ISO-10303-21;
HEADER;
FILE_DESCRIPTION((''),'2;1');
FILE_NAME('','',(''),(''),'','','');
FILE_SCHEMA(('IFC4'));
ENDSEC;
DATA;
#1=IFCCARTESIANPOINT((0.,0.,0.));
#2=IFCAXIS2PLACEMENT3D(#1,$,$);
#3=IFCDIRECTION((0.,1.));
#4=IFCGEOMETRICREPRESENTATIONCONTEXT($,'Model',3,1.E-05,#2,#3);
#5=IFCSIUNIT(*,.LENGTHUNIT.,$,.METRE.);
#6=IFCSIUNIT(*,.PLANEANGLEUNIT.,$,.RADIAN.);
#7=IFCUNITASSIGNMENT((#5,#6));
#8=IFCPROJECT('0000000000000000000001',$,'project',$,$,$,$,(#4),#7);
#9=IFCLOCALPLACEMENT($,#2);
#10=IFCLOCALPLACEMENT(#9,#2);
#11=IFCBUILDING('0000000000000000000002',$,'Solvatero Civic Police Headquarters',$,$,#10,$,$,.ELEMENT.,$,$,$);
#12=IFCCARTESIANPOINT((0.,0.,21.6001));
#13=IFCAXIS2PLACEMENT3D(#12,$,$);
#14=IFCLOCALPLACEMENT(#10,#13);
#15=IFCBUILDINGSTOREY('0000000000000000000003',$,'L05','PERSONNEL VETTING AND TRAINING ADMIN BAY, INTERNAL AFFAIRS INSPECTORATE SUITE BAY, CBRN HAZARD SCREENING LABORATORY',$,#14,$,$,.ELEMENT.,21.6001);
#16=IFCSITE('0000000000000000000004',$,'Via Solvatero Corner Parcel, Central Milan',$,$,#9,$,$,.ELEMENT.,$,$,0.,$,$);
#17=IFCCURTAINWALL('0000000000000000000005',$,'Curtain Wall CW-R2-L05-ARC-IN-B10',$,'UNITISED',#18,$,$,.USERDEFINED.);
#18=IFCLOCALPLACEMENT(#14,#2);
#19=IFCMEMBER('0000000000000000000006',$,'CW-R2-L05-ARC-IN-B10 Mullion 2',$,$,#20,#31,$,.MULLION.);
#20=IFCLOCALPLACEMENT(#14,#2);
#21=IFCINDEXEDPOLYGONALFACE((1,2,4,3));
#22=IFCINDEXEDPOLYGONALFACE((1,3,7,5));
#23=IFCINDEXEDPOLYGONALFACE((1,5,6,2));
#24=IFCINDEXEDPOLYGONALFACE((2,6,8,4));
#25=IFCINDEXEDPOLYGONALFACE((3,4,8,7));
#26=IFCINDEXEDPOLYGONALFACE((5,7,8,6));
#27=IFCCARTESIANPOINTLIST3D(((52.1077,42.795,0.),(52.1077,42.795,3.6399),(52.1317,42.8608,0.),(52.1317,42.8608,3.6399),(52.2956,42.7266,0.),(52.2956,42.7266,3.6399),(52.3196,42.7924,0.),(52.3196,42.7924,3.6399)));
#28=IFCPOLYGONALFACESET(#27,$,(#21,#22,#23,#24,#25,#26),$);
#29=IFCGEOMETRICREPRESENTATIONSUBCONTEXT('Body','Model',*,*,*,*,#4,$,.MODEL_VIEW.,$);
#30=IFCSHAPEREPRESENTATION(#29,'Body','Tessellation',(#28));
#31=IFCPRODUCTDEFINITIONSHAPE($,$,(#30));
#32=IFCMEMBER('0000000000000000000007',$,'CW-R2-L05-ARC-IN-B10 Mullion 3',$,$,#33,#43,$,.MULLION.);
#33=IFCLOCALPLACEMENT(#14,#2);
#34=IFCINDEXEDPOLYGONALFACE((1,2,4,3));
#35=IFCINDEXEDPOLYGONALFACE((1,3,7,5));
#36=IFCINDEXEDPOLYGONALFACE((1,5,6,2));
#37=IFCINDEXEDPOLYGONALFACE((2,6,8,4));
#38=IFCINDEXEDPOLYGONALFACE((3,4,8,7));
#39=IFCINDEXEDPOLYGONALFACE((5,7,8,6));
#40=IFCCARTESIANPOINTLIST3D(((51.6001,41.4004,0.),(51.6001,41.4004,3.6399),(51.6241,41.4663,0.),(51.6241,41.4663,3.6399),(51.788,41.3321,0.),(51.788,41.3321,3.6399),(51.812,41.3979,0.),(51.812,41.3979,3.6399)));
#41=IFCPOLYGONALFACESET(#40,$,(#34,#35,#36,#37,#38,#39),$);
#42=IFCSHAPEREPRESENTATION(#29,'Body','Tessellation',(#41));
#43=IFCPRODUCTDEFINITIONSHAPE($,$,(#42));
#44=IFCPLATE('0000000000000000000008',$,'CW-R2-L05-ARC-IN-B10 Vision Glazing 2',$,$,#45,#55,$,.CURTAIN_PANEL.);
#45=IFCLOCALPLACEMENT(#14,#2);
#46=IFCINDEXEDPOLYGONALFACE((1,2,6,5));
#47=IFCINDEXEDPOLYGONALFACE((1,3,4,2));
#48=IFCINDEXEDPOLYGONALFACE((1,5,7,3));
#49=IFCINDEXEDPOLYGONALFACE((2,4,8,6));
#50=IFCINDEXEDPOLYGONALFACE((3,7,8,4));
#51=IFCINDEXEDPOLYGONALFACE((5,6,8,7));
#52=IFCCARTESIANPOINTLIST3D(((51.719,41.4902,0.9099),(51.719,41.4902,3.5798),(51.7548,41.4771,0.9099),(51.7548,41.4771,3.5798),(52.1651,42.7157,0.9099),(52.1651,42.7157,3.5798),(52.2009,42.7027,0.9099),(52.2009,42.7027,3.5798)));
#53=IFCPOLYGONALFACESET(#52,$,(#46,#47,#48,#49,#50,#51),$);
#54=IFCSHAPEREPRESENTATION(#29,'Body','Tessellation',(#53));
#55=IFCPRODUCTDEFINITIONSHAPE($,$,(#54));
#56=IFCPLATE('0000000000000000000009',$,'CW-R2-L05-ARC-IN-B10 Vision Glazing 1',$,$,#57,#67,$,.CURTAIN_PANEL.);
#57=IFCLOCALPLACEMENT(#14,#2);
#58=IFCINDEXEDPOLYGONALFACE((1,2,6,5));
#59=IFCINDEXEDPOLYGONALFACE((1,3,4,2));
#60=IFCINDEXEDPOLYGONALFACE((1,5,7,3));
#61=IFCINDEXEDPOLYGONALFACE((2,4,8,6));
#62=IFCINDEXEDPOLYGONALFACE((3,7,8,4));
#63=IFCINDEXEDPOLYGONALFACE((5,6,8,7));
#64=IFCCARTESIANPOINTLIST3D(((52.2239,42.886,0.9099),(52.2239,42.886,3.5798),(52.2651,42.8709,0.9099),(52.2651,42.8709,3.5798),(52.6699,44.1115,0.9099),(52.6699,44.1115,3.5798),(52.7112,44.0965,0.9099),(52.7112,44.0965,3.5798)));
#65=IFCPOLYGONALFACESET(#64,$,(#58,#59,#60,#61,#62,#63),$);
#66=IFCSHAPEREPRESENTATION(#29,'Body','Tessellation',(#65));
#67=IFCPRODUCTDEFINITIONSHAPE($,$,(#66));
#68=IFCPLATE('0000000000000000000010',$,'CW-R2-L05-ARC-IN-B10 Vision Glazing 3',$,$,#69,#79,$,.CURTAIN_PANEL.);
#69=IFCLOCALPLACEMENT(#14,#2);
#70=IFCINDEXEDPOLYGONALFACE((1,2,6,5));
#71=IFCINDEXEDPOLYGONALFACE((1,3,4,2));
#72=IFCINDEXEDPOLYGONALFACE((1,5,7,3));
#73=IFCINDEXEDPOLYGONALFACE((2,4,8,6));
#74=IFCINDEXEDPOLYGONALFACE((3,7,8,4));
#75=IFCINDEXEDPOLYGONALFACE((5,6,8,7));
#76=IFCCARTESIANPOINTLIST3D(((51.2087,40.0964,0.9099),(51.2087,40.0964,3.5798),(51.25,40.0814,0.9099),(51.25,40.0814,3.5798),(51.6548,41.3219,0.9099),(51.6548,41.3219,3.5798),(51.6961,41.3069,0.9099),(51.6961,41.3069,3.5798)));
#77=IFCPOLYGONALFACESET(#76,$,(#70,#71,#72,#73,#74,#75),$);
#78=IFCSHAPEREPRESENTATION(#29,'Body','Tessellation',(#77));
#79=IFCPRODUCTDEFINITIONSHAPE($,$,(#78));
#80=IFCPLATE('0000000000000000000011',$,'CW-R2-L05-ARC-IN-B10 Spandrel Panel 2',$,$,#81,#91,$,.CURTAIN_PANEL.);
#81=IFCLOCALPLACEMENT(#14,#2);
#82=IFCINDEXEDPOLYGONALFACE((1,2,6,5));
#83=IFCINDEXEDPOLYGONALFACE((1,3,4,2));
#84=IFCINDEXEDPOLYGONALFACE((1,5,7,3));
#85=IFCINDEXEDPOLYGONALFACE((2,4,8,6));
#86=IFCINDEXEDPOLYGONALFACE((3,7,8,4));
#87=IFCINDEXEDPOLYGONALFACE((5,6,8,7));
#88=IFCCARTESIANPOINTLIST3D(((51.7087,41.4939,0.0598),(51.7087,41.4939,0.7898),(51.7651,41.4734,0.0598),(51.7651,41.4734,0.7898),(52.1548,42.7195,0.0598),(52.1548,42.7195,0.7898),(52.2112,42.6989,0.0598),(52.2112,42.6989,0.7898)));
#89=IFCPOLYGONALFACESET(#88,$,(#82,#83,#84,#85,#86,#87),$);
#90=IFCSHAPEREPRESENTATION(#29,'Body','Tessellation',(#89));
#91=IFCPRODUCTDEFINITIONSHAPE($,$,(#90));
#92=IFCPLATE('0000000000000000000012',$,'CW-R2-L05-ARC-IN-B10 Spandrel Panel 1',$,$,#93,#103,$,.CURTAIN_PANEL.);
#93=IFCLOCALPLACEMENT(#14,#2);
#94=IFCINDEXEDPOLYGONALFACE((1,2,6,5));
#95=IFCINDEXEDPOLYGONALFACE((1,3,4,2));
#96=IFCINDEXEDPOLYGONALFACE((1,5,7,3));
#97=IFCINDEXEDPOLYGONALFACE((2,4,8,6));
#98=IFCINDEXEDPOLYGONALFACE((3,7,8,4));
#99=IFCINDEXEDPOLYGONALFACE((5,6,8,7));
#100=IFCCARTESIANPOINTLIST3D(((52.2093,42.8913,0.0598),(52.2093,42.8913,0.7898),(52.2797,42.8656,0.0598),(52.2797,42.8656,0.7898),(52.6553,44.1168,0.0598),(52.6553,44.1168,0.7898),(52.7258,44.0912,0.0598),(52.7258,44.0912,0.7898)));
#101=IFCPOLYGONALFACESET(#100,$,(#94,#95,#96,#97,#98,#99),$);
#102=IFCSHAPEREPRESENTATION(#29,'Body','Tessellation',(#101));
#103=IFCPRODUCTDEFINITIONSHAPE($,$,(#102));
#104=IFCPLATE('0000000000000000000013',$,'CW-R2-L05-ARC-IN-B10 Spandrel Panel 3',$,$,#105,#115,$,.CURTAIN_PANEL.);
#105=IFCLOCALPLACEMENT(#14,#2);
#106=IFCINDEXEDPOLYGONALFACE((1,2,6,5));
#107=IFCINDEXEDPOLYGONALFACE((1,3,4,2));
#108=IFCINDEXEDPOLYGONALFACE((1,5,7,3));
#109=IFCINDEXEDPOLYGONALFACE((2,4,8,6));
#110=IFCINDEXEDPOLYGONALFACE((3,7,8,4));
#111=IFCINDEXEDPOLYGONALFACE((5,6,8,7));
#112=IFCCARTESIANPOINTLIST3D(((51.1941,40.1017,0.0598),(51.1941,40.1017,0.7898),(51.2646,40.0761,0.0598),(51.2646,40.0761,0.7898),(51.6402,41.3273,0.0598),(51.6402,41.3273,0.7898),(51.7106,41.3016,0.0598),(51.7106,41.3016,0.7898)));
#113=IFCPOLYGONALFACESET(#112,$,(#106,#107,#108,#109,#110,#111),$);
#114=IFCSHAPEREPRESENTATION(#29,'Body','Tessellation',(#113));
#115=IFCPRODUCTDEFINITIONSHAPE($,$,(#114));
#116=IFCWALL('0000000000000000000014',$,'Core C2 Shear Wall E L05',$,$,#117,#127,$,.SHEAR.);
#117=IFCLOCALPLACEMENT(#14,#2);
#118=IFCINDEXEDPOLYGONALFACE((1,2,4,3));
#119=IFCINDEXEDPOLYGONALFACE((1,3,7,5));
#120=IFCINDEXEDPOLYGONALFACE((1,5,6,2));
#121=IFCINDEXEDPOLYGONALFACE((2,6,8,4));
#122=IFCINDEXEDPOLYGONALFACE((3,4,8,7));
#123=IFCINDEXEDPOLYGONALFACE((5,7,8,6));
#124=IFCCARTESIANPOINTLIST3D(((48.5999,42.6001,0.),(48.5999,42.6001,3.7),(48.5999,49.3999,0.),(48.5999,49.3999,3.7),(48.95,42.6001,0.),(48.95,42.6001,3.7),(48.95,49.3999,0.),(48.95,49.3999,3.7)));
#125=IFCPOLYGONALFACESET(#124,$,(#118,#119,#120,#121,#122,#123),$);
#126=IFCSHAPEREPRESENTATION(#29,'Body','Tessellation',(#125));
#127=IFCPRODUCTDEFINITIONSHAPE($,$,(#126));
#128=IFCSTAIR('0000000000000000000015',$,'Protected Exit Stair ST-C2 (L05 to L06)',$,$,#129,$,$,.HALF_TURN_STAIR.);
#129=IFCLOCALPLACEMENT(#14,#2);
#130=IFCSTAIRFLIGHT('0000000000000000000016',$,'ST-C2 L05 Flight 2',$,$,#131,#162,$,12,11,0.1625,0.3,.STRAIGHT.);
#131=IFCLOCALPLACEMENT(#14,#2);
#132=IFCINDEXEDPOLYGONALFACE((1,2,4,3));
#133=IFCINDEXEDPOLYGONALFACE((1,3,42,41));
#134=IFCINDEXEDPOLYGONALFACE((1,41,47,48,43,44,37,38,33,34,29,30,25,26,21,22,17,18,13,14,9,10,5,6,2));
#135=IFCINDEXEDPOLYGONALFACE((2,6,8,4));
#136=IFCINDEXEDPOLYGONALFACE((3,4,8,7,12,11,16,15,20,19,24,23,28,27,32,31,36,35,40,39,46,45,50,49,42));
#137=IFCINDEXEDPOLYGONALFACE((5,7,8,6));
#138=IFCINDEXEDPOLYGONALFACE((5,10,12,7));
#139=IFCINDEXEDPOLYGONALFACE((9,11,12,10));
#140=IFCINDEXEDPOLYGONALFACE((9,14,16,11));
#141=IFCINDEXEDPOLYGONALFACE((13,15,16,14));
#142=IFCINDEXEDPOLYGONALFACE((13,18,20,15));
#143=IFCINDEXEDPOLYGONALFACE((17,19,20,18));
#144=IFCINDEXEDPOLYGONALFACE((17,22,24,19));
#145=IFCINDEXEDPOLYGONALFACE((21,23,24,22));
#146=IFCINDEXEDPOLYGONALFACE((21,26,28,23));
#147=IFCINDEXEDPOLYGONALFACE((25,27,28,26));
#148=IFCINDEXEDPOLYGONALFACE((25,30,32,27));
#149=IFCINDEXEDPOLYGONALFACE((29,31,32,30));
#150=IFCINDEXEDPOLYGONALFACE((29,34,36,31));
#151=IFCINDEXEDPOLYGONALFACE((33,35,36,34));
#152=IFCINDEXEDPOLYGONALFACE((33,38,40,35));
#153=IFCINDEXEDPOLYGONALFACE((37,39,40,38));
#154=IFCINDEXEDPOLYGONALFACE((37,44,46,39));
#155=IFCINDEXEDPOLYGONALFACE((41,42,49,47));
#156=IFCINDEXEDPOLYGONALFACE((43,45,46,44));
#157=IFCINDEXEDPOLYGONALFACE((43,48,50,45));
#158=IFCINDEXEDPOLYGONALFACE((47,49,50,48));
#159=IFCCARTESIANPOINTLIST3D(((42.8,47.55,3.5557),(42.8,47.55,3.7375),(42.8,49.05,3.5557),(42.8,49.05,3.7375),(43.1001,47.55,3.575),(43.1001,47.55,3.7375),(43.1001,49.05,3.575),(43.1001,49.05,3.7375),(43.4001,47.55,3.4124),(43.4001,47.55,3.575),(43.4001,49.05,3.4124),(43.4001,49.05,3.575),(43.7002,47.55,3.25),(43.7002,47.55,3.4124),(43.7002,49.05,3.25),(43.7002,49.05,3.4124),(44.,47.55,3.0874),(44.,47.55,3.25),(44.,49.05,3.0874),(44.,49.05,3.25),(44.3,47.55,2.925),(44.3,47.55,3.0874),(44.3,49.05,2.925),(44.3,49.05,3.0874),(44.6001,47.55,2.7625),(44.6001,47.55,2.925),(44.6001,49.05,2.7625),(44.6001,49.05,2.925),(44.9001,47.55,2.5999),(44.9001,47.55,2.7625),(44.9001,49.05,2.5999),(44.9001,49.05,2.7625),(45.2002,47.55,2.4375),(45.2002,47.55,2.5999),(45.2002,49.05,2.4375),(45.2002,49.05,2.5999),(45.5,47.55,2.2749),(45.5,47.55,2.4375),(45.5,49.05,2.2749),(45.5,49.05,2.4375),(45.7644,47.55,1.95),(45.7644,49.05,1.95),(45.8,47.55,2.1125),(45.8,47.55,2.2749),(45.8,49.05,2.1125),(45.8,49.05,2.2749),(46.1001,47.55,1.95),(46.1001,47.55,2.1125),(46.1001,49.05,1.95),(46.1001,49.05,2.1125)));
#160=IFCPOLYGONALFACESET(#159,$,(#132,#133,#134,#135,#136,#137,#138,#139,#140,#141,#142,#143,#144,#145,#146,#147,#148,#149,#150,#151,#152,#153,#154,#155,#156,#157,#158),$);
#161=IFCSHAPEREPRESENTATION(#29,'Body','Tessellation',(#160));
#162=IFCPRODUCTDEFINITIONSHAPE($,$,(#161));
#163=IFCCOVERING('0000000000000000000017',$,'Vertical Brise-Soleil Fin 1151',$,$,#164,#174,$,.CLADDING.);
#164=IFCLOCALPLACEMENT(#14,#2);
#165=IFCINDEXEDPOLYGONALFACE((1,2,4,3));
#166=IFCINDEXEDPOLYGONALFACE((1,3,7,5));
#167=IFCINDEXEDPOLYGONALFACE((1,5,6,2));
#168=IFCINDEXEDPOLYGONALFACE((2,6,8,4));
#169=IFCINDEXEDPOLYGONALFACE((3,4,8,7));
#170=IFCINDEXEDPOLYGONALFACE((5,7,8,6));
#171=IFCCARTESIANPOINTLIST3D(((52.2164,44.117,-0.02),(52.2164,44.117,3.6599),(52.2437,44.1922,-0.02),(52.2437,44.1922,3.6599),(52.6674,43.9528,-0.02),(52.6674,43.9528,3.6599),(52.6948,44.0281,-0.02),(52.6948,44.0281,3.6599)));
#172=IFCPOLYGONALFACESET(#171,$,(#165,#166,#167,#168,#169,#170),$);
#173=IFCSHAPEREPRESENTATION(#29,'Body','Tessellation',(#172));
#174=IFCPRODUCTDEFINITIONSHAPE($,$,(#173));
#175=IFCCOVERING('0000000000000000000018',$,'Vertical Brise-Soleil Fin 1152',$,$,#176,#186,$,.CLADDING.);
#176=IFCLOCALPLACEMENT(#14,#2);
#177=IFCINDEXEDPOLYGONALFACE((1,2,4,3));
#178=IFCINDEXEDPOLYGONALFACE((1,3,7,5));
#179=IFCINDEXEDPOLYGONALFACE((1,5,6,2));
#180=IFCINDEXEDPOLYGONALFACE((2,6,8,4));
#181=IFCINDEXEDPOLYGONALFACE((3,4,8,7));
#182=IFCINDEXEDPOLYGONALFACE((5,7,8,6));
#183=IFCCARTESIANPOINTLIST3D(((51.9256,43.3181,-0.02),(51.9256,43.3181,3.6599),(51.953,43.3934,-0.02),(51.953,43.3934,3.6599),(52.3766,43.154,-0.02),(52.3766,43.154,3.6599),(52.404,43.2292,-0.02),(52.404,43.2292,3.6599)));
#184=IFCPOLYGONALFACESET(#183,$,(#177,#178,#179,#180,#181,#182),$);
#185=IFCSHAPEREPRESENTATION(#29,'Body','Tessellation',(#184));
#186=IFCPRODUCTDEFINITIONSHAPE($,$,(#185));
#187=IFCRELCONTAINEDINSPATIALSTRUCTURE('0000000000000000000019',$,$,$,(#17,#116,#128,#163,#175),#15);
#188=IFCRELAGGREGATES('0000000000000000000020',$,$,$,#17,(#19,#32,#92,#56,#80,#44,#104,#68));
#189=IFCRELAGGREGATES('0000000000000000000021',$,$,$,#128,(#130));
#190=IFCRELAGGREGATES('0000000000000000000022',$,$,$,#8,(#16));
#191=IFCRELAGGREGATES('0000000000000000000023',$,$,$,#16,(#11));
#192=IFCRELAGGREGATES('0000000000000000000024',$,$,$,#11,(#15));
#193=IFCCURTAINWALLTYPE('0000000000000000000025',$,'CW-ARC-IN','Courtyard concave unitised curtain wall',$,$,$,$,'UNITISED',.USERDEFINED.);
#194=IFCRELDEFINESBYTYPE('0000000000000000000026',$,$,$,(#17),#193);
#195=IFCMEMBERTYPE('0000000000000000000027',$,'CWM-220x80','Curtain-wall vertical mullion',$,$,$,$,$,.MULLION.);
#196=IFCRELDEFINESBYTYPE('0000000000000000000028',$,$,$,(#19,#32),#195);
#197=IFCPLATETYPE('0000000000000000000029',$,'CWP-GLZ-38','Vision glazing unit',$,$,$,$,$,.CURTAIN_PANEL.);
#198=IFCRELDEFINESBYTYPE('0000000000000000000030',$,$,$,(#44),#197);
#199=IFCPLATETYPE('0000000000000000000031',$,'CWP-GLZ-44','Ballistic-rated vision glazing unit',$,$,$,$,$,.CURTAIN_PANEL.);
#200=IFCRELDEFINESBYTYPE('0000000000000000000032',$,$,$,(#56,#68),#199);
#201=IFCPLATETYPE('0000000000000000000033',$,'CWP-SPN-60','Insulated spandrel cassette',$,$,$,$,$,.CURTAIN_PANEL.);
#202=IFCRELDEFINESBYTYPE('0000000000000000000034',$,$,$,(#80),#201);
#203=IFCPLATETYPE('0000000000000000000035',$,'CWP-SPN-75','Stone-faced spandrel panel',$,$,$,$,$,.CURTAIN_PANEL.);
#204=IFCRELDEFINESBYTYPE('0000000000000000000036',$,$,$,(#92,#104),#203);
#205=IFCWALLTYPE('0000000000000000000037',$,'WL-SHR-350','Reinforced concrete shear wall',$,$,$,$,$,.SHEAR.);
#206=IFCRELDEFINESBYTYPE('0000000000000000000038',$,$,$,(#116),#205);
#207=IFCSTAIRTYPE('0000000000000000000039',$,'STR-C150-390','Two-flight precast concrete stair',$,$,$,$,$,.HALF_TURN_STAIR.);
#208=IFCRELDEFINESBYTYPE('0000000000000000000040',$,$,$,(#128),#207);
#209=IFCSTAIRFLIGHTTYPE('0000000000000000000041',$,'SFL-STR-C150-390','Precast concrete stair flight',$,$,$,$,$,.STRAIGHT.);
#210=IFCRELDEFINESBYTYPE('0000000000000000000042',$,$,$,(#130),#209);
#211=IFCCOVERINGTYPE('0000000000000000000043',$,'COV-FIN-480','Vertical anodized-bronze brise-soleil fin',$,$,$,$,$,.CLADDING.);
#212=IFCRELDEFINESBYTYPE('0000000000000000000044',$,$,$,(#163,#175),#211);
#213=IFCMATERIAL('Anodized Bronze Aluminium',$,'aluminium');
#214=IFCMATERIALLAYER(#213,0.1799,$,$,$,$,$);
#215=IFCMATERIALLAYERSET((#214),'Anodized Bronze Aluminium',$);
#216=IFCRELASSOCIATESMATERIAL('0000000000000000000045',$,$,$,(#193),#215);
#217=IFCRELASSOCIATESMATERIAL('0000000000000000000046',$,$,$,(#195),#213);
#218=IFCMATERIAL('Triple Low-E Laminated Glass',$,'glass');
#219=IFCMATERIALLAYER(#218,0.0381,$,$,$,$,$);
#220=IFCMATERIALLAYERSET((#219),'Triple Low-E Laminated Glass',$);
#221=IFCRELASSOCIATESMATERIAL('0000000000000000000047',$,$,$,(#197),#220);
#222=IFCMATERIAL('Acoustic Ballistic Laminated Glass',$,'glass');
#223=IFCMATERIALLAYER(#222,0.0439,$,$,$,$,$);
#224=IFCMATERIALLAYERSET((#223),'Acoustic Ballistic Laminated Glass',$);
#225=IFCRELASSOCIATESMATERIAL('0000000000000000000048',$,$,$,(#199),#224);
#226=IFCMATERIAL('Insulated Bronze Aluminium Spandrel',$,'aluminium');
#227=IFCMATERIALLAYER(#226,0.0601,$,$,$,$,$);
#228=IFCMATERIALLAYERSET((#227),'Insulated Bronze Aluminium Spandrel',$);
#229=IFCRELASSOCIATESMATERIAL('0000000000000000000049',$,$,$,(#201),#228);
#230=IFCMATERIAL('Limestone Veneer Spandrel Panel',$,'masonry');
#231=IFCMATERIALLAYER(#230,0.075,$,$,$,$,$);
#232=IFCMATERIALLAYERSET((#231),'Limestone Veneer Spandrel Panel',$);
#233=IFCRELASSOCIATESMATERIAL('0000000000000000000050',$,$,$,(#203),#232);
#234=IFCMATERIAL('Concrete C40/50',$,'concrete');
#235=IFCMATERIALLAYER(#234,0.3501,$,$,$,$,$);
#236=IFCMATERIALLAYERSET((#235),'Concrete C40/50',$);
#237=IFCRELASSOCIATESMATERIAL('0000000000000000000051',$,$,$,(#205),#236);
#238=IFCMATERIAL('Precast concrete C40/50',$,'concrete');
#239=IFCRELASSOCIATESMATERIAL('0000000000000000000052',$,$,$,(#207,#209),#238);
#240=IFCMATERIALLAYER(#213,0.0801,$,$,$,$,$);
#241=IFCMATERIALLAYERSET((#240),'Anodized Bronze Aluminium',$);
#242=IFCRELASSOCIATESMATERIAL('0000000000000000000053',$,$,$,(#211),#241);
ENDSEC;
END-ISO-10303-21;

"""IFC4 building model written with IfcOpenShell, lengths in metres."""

from ifc_helpers import new_model, si_unit, direction, frame, frame_2d, origin, origin_2d, place, context, subcontext, project, spatial, polyline, rectangle, outline, extrude, material, layer, layer_set, material_profile, profile_set, type_object, element, aggregate, save


model = new_model("IFC4")

# Units and contexts
model_context = context("Model", 3, precision=1e-05, world=origin(), true_north=direction((0.0, 1.0)))
body_context = subcontext(model_context, "Body", "Model", "MODEL_VIEW")
ifc_project = project(units=[si_unit("LENGTHUNIT", "METRE"), si_unit("PLANEANGLEUNIT", "RADIAN")], contexts=[model_context])

# Site, building, storey
site_placement = place(None, origin())
site = spatial("IfcSite", under=ifc_project, at=site_placement, Name="Via Solvatero Corner Parcel, Central Milan", CompositionType="ELEMENT", RefElevation=0.0)
building_placement = place(site_placement, origin())
building = spatial("IfcBuilding", under=site, at=building_placement, Name="Solvatero Civic Police Headquarters", CompositionType="ELEMENT")
storey_placement = place(building_placement, frame((0.0, 0.0, 21.6001)))
storey = spatial("IfcBuildingStorey", under=building, at=storey_placement, Name="L05", Description="PERSONNEL VETTING AND TRAINING ADMIN BAY, INTERNAL AFFAIRS INSPECTORATE SUITE BAY, CBRN HAZARD SCREENING LABORATORY", CompositionType="ELEMENT", Elevation=21.6001)

# Curtain wall, members, plates
ifc_material_1 = material(Name="Anodized Bronze Aluminium", Category="aluminium")
ifc_layer_1 = layer(ifc_material_1, 0.1799)
ifc_layer_set_1 = layer_set([ifc_layer_1], Name="Anodized Bronze Aluminium")
curtain_wall_type = type_object("IfcCurtainWallType", Name="CW-ARC-IN", Description="Courtyard concave unitised curtain wall", ElementType="UNITISED", PredefinedType="USERDEFINED", material=ifc_layer_set_1)
curtain_wall_placement = place(storey_placement, origin())
curtain_wall = element("IfcCurtainWall", 1, at=curtain_wall_placement, inside=storey, type_object=curtain_wall_type, Name="Curtain Wall CW-R2-L05-ARC-IN-B10", ObjectType="UNITISED", PredefinedType="USERDEFINED")
ifc_material_profile = material_profile(ifc_material_1, rectangle(XDim=0.0701, YDim=0.2, at=origin_2d()), Name="ALU MULLION 70x200")
ifc_profile_set = profile_set([ifc_material_profile], Name="Anodized Bronze Aluminium")
member_type = type_object("IfcMemberType", Name="CWM-220x80", Description="Curtain-wall vertical mullion", PredefinedType="MULLION", material=ifc_profile_set)
member_1_placement = place(storey_placement, frame((52.2136, 42.7937, 0.0), z_axis=(0.0, 0.0, 1.0), x_axis=(-0.34202, -0.939693, 0.0)))
member_1 = element("IfcMember", 2, at=member_1_placement, type_object=member_type, Name="CW-R2-L05-ARC-IN-B10 Mullion 2", PredefinedType="MULLION", context=body_context, shape_type="SweptSolid", body=[
    extrude(rectangle(XDim=0.0701, YDim=0.2, at=origin_2d()), origin(), (0.0, 0.0, 1.0), 3.6399),
])
member_2_placement = place(storey_placement, frame((51.7061, 41.3992, 0.0), z_axis=(0.0, 0.0, 1.0), x_axis=(-0.34202, -0.939693, 0.0)))
member_2 = element("IfcMember", 3, at=member_2_placement, type_object=member_type, Name="CW-R2-L05-ARC-IN-B10 Mullion 3", PredefinedType="MULLION", context=body_context, shape_type="SweptSolid", body=[
    extrude(rectangle(XDim=0.0701, YDim=0.2, at=origin_2d()), origin(), (0.0, 0.0, 1.0), 3.6399),
])
ifc_material_2 = material(Name="Triple Low-E Laminated Glass", Category="glass")
ifc_layer_2 = layer(ifc_material_2, 0.0381)
ifc_layer_set_2 = layer_set([ifc_layer_2], Name="Triple Low-E Laminated Glass")
plate_type_1 = type_object("IfcPlateType", Name="CWP-GLZ-38", Description="Vision glazing unit", PredefinedType="CURTAIN_PANEL", material=ifc_layer_set_2)
plate_1_placement = place(storey_placement, frame((51.96, 42.0964, 0.9099), z_axis=(0.0, 0.0, 1.0), x_axis=(-0.34202, -0.939693, 0.0)))
plate_1 = element("IfcPlate", 4, at=plate_1_placement, type_object=plate_type_1, Name="CW-R2-L05-ARC-IN-B10 Vision Glazing 2", PredefinedType="CURTAIN_PANEL", context=body_context, shape_type="SweptSolid", body=[
    extrude(rectangle(XDim=1.3042, YDim=0.0381, at=origin_2d()), origin(), (0.0, 0.0, 1.0), 2.6699),
])
ifc_material_3 = material(Name="Acoustic Ballistic Laminated Glass", Category="glass")
ifc_layer_3 = layer(ifc_material_3, 0.0439)
ifc_layer_set_3 = layer_set([ifc_layer_3], Name="Acoustic Ballistic Laminated Glass")
plate_type_2 = type_object("IfcPlateType", Name="CWP-GLZ-44", Description="Ballistic-rated vision glazing unit", PredefinedType="CURTAIN_PANEL", material=ifc_layer_set_3)
plate_2_placement = place(storey_placement, frame((52.4675, 43.4912, 0.9099), z_axis=(0.0, 0.0, 1.0), x_axis=(-0.34202, -0.939693, 0.0)))
plate_2 = element("IfcPlate", 5, at=plate_2_placement, type_object=plate_type_2, Name="CW-R2-L05-ARC-IN-B10 Vision Glazing 1", PredefinedType="CURTAIN_PANEL", context=body_context, shape_type="SweptSolid", body=[
    extrude(rectangle(XDim=1.3042, YDim=0.0439, at=origin_2d()), origin(), (0.0, 0.0, 1.0), 2.6699),
])
plate_3_placement = place(storey_placement, frame((51.4524, 40.7017, 0.9099), z_axis=(0.0, 0.0, 1.0), x_axis=(-0.34202, -0.939693, 0.0)))
plate_3 = element("IfcPlate", 6, at=plate_3_placement, type_object=plate_type_2, Name="CW-R2-L05-ARC-IN-B10 Vision Glazing 3", PredefinedType="CURTAIN_PANEL", context=body_context, shape_type="SweptSolid", body=[
    extrude(rectangle(XDim=1.3042, YDim=0.0439, at=origin_2d()), origin(), (0.0, 0.0, 1.0), 2.6699),
])
ifc_material_4 = material(Name="Insulated Bronze Aluminium Spandrel", Category="aluminium")
ifc_layer_4 = layer(ifc_material_4, 0.0601)
ifc_layer_set_4 = layer_set([ifc_layer_4], Name="Insulated Bronze Aluminium Spandrel")
plate_type_3 = type_object("IfcPlateType", Name="CWP-SPN-60", Description="Insulated spandrel cassette", PredefinedType="CURTAIN_PANEL", material=ifc_layer_set_4)
plate_4_placement = place(storey_placement, frame((51.96, 42.0964, 0.0598), z_axis=(0.0, 0.0, 1.0), x_axis=(-0.34202, -0.939693, 0.0)))
plate_4 = element("IfcPlate", 7, at=plate_4_placement, type_object=plate_type_3, Name="CW-R2-L05-ARC-IN-B10 Spandrel Panel 2", PredefinedType="CURTAIN_PANEL", context=body_context, shape_type="SweptSolid", body=[
    extrude(rectangle(XDim=1.3042, YDim=0.0601, at=origin_2d()), origin(), (0.0, 0.0, 1.0), 0.73),
])
ifc_material_5 = material(Name="Limestone Veneer Spandrel Panel", Category="masonry")
ifc_layer_5 = layer(ifc_material_5, 0.075)
ifc_layer_set_5 = layer_set([ifc_layer_5], Name="Limestone Veneer Spandrel Panel")
plate_type_4 = type_object("IfcPlateType", Name="CWP-SPN-75", Description="Stone-faced spandrel panel", PredefinedType="CURTAIN_PANEL", material=ifc_layer_set_5)
plate_5_placement = place(storey_placement, frame((52.4675, 43.4912, 0.0598), z_axis=(0.0, 0.0, 1.0), x_axis=(-0.34202, -0.939693, 0.0)))
plate_5 = element("IfcPlate", 8, at=plate_5_placement, type_object=plate_type_4, Name="CW-R2-L05-ARC-IN-B10 Spandrel Panel 1", PredefinedType="CURTAIN_PANEL", context=body_context, shape_type="SweptSolid", body=[
    extrude(rectangle(XDim=1.3042, YDim=0.075, at=origin_2d()), origin(), (0.0, 0.0, 1.0), 0.73),
])
plate_6_placement = place(storey_placement, frame((51.4524, 40.7017, 0.0598), z_axis=(0.0, 0.0, 1.0), x_axis=(-0.34202, -0.939693, 0.0)))
plate_6 = element("IfcPlate", 9, at=plate_6_placement, type_object=plate_type_4, Name="CW-R2-L05-ARC-IN-B10 Spandrel Panel 3", PredefinedType="CURTAIN_PANEL", context=body_context, shape_type="SweptSolid", body=[
    extrude(rectangle(XDim=1.3042, YDim=0.075, at=origin_2d()), origin(), (0.0, 0.0, 1.0), 0.73),
])
aggregate(curtain_wall, [member_1, member_2, plate_5, plate_2, plate_4, plate_1, plate_6, plate_3])

# Wall
ifc_material_6 = material(Name="Concrete C40/50", Category="concrete")
ifc_layer_6 = layer(ifc_material_6, 0.3501)
ifc_layer_set_6 = layer_set([ifc_layer_6], Name="Concrete C40/50")
wall_type = type_object("IfcWallType", Name="WL-SHR-350", Description="Reinforced concrete shear wall", PredefinedType="SHEAR", material=ifc_layer_set_6)
wall_placement = place(storey_placement, frame((48.7749, 42.6001, 0.0), z_axis=(0.0, 0.0, 1.0), x_axis=(0.0, 1.0, 0.0)))
element("IfcWall", 10, at=wall_placement, inside=storey, type_object=wall_type, Name="Core C2 Shear Wall E L05", PredefinedType="SHEAR", context=body_context, shape_type="SweptSolid", body=[
    extrude(rectangle(XDim=6.7998, YDim=0.3501, at=frame_2d((3.3999, 0.0))), origin(), (0.0, 0.0, 1.0), 3.7),
])

# Stair, stair flight
ifc_material_7 = material(Name="Precast concrete C40/50", Category="concrete")
stair_type = type_object("IfcStairType", Name="STR-C150-390", Description="Two-flight precast concrete stair", PredefinedType="HALF_TURN_STAIR", material=ifc_material_7)
stair_placement = place(storey_placement, origin())
stair = element("IfcStair", 11, at=stair_placement, inside=storey, type_object=stair_type, Name="Protected Exit Stair ST-C2 (L05 to L06)", PredefinedType="HALF_TURN_STAIR")
stair_flight_type = type_object("IfcStairFlightType", Name="SFL-STR-C150-390", Description="Precast concrete stair flight", PredefinedType="STRAIGHT", material=ifc_material_7)
stair_flight_placement = place(storey_placement, frame((46.1001, 48.3, 1.95), z_axis=(0.0, 0.0, 1.0), x_axis=(-1.0, 0.0, 0.0)))
stair_flight = element("IfcStairFlight", 12, at=stair_flight_placement, type_object=stair_flight_type, Name="ST-C2 L05 Flight 2", NumberOfRisers=12, NumberOfTreads=11, PredefinedType="STRAIGHT", RiserHeight=0.1625, TreadLength=0.3, context=body_context, shape_type="SweptSolid", body=[
    extrude(outline(polyline([(0.0, 0.0), (0.0, 0.1626), (0.3, 0.1626), (0.3, 0.325), (0.6001, 0.325), (0.6001, 0.4875), (0.8999, 0.4875), (0.8999, 0.6499), (1.2, 0.6499), (1.2, 0.8125), (1.5, 0.8125), (1.5, 0.9751), (1.8, 0.9751), (1.8, 1.1375), (2.1001, 1.1375), (2.1001, 1.3), (2.3999, 1.3), (2.3999, 1.4624), (2.7, 1.4624), (2.7, 1.625), (3.0, 1.625), (3.0, 1.7876), (3.3, 1.7876), (3.3, 1.95), (3.3, 1.6057), (0.3357, 0.0), (0.0, 0.0)])), frame((0.0, 0.75, 0.0), z_axis=(0.0, -1.0, 0.0), x_axis=(1.0, 0.0, 0.0)), (0.0, 0.0, 1.0), 1.5),
])
aggregate(stair, [stair_flight])

# Coverings
ifc_layer_7 = layer(ifc_material_1, 0.0801)
ifc_layer_set_7 = layer_set([ifc_layer_7], Name="Anodized Bronze Aluminium")
covering_type = type_object("IfcCoveringType", Name="COV-FIN-480", Description="Vertical anodized-bronze brise-soleil fin", PredefinedType="CLADDING", material=ifc_layer_set_7)
for number, where, z_axis, x_axis, name in (
    (13, (52.4556, 44.0725, -0.02), (0.0, 0.0, 1.0), (-0.34202, -0.939693, 0.0), "Vertical Brise-Soleil Fin 1151"),
    (14, (52.1648, 43.2737, -0.02), (0.0, 0.0, 1.0), (-0.34202, -0.939693, 0.0), "Vertical Brise-Soleil Fin 1152"),
):
    element("IfcCovering", number, at=place(storey_placement, frame(where, z_axis=z_axis, x_axis=x_axis)), inside=storey, type_object=covering_type, Name=name, PredefinedType="CLADDING", context=body_context, shape_type="SweptSolid", body=[
        extrude(rectangle(XDim=0.0801, YDim=0.48, at=origin_2d()), origin(), (0.0, 0.0, 1.0), 3.6799),
    ])

save(model, "model.ifc")
